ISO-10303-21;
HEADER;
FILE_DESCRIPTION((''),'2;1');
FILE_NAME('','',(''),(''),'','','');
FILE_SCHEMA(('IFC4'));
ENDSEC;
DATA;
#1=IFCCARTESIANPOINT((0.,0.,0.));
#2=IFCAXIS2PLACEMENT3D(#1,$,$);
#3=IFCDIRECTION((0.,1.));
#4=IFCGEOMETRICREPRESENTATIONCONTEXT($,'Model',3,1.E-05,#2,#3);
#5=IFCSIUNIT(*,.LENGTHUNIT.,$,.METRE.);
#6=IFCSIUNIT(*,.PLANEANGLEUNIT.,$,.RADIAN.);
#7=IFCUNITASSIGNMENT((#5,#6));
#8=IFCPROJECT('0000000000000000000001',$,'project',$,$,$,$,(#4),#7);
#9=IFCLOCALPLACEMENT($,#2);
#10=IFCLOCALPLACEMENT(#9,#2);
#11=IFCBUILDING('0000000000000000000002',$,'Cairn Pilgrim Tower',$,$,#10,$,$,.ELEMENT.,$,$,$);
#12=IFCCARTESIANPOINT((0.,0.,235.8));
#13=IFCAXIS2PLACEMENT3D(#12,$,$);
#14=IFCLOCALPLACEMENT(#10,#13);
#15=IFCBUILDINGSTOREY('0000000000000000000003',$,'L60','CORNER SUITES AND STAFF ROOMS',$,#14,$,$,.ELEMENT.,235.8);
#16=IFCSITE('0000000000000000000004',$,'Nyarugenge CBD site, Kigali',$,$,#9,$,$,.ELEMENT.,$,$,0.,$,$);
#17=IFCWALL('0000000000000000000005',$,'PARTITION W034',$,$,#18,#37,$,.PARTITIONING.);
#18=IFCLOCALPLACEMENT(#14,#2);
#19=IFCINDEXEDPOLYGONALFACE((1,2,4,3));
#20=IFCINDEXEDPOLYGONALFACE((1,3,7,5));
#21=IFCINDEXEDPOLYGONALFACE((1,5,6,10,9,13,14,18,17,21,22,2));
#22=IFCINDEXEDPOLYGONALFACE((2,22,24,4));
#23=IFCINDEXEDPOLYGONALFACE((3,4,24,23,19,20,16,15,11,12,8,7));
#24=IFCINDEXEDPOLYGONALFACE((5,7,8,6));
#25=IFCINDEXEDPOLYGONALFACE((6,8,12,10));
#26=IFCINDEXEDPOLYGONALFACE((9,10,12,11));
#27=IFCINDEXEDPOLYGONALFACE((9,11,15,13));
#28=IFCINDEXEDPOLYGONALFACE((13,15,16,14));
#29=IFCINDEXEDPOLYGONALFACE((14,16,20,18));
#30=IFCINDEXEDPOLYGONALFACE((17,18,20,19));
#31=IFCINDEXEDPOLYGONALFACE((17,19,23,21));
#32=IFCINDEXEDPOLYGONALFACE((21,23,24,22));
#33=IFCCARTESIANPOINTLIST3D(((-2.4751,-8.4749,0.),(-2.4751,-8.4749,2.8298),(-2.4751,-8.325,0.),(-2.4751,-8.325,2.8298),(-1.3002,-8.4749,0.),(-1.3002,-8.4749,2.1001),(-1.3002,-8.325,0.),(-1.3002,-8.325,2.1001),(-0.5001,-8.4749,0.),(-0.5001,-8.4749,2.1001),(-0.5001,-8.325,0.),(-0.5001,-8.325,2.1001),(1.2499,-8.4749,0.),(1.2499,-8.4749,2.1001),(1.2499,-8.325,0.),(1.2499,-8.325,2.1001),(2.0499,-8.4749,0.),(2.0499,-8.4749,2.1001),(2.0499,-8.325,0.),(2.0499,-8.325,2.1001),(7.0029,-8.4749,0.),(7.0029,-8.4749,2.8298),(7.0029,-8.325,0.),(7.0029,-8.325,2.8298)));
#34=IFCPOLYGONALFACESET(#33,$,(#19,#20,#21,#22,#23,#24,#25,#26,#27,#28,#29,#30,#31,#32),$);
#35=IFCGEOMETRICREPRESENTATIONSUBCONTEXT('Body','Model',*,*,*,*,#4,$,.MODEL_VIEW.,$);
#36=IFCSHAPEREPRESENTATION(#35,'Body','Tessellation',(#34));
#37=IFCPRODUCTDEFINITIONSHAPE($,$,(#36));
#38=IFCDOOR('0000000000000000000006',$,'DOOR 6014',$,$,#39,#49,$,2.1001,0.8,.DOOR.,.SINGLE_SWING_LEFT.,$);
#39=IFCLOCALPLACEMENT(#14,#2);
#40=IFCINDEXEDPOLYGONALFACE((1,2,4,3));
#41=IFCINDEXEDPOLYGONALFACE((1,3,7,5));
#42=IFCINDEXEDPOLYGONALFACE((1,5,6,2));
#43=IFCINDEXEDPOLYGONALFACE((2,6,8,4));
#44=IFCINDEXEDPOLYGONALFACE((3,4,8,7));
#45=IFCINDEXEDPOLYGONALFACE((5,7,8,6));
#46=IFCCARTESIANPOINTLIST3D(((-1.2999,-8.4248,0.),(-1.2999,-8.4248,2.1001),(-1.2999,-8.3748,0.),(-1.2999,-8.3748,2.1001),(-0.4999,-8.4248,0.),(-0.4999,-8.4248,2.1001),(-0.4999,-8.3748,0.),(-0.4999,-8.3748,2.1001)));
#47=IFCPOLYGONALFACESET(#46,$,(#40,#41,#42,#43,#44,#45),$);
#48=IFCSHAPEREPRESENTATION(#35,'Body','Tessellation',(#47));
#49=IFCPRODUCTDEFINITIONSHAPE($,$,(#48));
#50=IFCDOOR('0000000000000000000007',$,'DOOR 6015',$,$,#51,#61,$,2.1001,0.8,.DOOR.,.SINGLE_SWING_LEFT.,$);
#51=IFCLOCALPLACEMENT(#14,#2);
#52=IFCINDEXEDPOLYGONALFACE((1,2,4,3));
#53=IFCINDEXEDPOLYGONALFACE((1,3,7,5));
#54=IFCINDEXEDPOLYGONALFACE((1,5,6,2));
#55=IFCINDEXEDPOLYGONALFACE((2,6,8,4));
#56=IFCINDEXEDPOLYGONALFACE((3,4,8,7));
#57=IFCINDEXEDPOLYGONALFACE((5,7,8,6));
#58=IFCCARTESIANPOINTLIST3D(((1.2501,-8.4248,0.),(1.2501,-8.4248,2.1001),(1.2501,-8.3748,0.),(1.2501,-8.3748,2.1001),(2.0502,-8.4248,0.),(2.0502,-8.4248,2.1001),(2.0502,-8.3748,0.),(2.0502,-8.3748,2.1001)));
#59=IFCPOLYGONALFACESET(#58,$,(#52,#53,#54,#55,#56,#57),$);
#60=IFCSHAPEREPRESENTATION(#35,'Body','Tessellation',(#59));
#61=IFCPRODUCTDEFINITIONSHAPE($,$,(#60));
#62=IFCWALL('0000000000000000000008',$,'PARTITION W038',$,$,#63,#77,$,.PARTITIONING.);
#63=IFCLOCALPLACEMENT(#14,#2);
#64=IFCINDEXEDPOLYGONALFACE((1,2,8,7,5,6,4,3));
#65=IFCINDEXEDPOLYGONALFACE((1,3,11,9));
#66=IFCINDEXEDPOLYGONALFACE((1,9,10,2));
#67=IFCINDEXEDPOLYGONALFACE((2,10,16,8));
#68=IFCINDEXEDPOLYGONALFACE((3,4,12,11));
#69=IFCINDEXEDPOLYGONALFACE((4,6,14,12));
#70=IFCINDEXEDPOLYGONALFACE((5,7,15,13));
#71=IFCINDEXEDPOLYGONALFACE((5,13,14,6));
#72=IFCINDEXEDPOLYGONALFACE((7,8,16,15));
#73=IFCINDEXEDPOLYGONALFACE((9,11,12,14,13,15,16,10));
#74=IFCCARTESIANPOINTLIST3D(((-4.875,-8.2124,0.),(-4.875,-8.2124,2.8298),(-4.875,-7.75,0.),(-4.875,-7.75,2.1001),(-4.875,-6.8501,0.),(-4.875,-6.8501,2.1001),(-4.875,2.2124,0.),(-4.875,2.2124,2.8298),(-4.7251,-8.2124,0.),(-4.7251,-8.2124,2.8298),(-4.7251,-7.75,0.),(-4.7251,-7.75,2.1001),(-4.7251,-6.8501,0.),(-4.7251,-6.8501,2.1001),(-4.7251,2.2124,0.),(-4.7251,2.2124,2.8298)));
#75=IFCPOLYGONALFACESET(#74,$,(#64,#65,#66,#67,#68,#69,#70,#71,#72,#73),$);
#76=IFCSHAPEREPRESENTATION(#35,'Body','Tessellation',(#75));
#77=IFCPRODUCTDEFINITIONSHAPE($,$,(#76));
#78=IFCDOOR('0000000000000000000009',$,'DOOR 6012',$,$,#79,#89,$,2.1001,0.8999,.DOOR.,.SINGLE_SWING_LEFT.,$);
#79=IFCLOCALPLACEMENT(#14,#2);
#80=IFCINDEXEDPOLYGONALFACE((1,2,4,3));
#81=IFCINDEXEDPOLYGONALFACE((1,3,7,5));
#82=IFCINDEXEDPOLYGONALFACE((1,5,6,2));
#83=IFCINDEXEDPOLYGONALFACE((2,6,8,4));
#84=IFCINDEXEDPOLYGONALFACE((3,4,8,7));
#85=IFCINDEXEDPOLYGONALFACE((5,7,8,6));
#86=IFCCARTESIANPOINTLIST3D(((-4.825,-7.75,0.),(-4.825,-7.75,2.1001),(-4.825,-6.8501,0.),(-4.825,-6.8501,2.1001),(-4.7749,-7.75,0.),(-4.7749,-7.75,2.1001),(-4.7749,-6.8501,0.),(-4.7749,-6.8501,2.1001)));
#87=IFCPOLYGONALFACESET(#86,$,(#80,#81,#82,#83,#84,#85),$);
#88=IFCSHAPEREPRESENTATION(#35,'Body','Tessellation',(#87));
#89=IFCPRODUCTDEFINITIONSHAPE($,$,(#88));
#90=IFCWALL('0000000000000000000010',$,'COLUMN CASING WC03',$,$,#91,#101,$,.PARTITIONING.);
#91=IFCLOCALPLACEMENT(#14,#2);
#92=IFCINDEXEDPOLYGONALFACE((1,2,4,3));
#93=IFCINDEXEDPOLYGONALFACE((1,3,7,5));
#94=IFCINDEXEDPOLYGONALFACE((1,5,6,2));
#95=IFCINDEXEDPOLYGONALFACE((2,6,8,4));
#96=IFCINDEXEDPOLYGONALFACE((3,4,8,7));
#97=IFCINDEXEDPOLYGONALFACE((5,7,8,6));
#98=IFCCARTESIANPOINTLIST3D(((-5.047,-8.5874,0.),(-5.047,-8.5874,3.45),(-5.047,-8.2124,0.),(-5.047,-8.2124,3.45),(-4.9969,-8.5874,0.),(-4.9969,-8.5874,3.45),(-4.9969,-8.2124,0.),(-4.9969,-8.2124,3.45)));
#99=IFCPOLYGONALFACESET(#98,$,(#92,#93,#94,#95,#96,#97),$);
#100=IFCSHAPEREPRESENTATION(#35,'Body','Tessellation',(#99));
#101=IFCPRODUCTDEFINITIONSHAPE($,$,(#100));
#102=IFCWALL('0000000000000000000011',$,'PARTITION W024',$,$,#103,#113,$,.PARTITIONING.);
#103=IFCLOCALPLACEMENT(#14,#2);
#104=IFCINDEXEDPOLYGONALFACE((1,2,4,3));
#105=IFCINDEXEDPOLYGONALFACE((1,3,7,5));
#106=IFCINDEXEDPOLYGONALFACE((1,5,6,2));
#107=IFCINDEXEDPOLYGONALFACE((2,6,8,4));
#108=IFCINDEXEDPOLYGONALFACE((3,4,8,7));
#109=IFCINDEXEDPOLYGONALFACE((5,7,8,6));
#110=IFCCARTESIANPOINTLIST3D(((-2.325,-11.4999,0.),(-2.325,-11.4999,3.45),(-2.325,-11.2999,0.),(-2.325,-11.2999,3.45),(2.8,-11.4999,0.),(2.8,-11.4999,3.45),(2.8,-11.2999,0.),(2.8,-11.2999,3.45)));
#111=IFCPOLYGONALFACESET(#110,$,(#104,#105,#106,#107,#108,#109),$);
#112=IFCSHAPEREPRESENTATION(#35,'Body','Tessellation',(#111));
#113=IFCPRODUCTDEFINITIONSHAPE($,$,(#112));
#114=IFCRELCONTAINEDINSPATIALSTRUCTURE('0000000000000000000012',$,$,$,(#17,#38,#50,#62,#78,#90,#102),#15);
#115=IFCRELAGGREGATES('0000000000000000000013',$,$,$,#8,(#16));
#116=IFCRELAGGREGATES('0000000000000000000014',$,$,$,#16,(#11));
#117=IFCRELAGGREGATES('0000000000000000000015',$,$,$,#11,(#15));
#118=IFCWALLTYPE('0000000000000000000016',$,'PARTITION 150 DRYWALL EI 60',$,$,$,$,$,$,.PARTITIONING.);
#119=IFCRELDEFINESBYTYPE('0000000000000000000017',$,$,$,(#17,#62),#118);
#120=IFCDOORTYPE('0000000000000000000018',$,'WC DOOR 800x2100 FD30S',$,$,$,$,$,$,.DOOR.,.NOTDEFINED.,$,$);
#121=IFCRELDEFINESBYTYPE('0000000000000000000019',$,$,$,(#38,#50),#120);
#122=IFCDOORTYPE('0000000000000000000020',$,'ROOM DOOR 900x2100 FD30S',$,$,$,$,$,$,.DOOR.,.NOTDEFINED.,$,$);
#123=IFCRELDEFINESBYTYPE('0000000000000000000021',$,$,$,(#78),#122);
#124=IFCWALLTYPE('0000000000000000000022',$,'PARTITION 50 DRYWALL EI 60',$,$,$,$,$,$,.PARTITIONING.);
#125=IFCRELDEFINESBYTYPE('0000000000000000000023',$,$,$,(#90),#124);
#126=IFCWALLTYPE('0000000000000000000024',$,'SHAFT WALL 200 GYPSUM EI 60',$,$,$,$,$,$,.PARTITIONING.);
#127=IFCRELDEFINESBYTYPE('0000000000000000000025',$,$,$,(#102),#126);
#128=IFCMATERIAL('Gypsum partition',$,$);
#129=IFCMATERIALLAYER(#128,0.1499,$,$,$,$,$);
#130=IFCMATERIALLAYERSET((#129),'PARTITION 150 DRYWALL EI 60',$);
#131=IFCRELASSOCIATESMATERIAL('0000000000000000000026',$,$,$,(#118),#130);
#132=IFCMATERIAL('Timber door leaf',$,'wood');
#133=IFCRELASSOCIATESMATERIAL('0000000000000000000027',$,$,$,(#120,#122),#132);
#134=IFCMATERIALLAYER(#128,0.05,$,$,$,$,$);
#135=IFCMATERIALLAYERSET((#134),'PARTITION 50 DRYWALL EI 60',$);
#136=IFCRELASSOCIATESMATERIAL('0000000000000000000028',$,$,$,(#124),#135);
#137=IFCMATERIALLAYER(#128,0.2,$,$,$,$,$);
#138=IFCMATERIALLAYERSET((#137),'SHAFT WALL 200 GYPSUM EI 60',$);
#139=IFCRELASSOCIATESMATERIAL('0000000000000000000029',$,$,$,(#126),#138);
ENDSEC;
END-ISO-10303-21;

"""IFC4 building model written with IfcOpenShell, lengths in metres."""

from ifc_helpers import new_model, si_unit, direction, frame, frame_2d, origin, place, context, subcontext, project, spatial, rectangle, extrude, material, layer, layer_set, type_object, element, fill, save


model = new_model("IFC4")

# Units and contexts
model_context = context("Model", 3, precision=1e-05, world=origin(), true_north=direction((0.0, 1.0)))
body_context = subcontext(model_context, "Body", "Model", "MODEL_VIEW")
ifc_project = project(units=[si_unit("LENGTHUNIT", "METRE"), si_unit("PLANEANGLEUNIT", "RADIAN")], contexts=[model_context])

# Site, building, storey
site_placement = place(None, origin())
site = spatial("IfcSite", under=ifc_project, at=site_placement, Name="Nyarugenge CBD site, Kigali", CompositionType="ELEMENT", RefElevation=0.0)
building_placement = place(site_placement, origin())
building = spatial("IfcBuilding", under=site, at=building_placement, Name="Cairn Pilgrim Tower", CompositionType="ELEMENT")
storey_placement = place(building_placement, frame((0.0, 0.0, 235.8)))
storey = spatial("IfcBuildingStorey", under=building, at=storey_placement, Name="L60", Description="CORNER SUITES AND STAFF ROOMS", CompositionType="ELEMENT", Elevation=235.8)

# Shared definitions
ifc_material_1 = material(Name="Gypsum partition")
ifc_layer_1 = layer(ifc_material_1, 0.1499)
ifc_layer_set_1 = layer_set([ifc_layer_1], Name="PARTITION 150 DRYWALL EI 60")
wall_type_1 = type_object("IfcWallType", Name="PARTITION 150 DRYWALL EI 60", PredefinedType="PARTITIONING", material=ifc_layer_set_1)

# Wall, openings, doors
wall_1_placement = place(storey_placement, frame((-2.4751, -8.3999, 0.0), z_axis=(0.0, 0.0, 1.0), x_axis=(1.0, 0.0, 0.0)))
wall_1 = element("IfcWall", 1, at=wall_1_placement, inside=storey, type_object=wall_type_1, Name="PARTITION W034", PredefinedType="PARTITIONING", context=body_context, shape_type="SweptSolid", body=[
    extrude(rectangle(XDim=9.478, YDim=0.1499, at=frame_2d((4.739, 0.0))), origin(), (0.0, 0.0, 1.0), 2.8298),
])
opening_1_placement = place(wall_1_placement, frame((1.175, 0.0, 0.0)))
opening_1 = element("IfcOpeningElement", 2, at=opening_1_placement, cuts=wall_1, PredefinedType="OPENING", context=body_context, shape_type="SweptSolid", body=[
    extrude(rectangle(XDim=0.8, YDim=2.1001, at=frame_2d((0.3999, 1.05))), frame((0.0, 0.085, 0.0), z_axis=(0.0, -1.0, 0.0), x_axis=(1.0, 0.0, 0.0)), (0.0, 0.0, 1.0), 0.1699),
])
opening_2_placement = place(wall_1_placement, frame((3.7251, 0.0, 0.0)))
opening_2 = element("IfcOpeningElement", 3, at=opening_2_placement, cuts=wall_1, PredefinedType="OPENING", context=body_context, shape_type="SweptSolid", body=[
    extrude(rectangle(XDim=0.8, YDim=2.1001, at=frame_2d((0.3999, 1.05))), frame((0.0, 0.085, 0.0), z_axis=(0.0, -1.0, 0.0), x_axis=(1.0, 0.0, 0.0)), (0.0, 0.0, 1.0), 0.1699),
])
ifc_material_2 = material(Name="Timber door leaf", Category="wood")
door_type_1 = type_object("IfcDoorType", Name="WC DOOR 800x2100 FD30S", OperationType="NOTDEFINED", PredefinedType="DOOR", material=ifc_material_2)
door_1_placement = place(opening_1_placement, frame((0.8, 0.0, 0.0), z_axis=(0.0, 0.0, 1.0), x_axis=(-1.0, 0.0, 0.0)))
door_1 = element("IfcDoor", 4, at=door_1_placement, inside=storey, type_object=door_type_1, Name="DOOR 6014", OperationType="SINGLE_SWING_LEFT", OverallHeight=2.1001, OverallWidth=0.8, PredefinedType="DOOR", context=body_context, shape_type="SweptSolid", body=[
    extrude(rectangle(XDim=0.8, YDim=2.1001, at=frame_2d((0.3999, 1.05))), frame((0.0, 0.0249, 0.0), z_axis=(0.0, -1.0, 0.0), x_axis=(1.0, 0.0, 0.0)), (0.0, 0.0, 1.0), 0.05),
])
fill(opening_1, door_1)
door_2_placement = place(opening_2_placement, frame((0.8, 0.0, 0.0), z_axis=(0.0, 0.0, 1.0), x_axis=(-1.0, 0.0, 0.0)))
door_2 = element("IfcDoor", 5, at=door_2_placement, inside=storey, type_object=door_type_1, Name="DOOR 6015", OperationType="SINGLE_SWING_LEFT", OverallHeight=2.1001, OverallWidth=0.8, PredefinedType="DOOR", context=body_context, shape_type="SweptSolid", body=[
    extrude(rectangle(XDim=0.8, YDim=2.1001, at=frame_2d((0.3999, 1.05))), frame((0.0, 0.0249, 0.0), z_axis=(0.0, -1.0, 0.0), x_axis=(1.0, 0.0, 0.0)), (0.0, 0.0, 1.0), 0.05),
])
fill(opening_2, door_2)

# Wall, opening, door
wall_2_placement = place(storey_placement, frame((-4.8, -8.2124, 0.0), z_axis=(0.0, 0.0, 1.0), x_axis=(0.0, 1.0, 0.0)))
wall_2 = element("IfcWall", 6, at=wall_2_placement, inside=storey, type_object=wall_type_1, Name="PARTITION W038", PredefinedType="PARTITIONING", context=body_context, shape_type="SweptSolid", body=[
    extrude(rectangle(XDim=10.4248, YDim=0.1499, at=frame_2d((5.2124, 0.0))), origin(), (0.0, 0.0, 1.0), 2.8298),
])
opening_3_placement = place(wall_2_placement, frame((0.4624, 0.0, 0.0)))
opening_3 = element("IfcOpeningElement", 7, at=opening_3_placement, cuts=wall_2, PredefinedType="OPENING", context=body_context, shape_type="SweptSolid", body=[
    extrude(rectangle(XDim=0.8999, YDim=2.1001, at=frame_2d((0.45, 1.05))), frame((0.0, 0.085, 0.0), z_axis=(0.0, -1.0, 0.0), x_axis=(1.0, 0.0, 0.0)), (0.0, 0.0, 1.0), 0.1699),
])
door_type_2 = type_object("IfcDoorType", Name="ROOM DOOR 900x2100 FD30S", OperationType="NOTDEFINED", PredefinedType="DOOR", material=ifc_material_2)
door_3_placement = place(opening_3_placement, origin())
door_3 = element("IfcDoor", 8, at=door_3_placement, inside=storey, type_object=door_type_2, Name="DOOR 6012", OperationType="SINGLE_SWING_LEFT", OverallHeight=2.1001, OverallWidth=0.8999, PredefinedType="DOOR", context=body_context, shape_type="SweptSolid", body=[
    extrude(rectangle(XDim=0.8999, YDim=2.1001, at=frame_2d((0.45, 1.05))), frame((0.0, 0.0249, 0.0), z_axis=(0.0, -1.0, 0.0), x_axis=(1.0, 0.0, 0.0)), (0.0, 0.0, 1.0), 0.05),
])
fill(opening_3, door_3)

# Walls
ifc_layer_2 = layer(ifc_material_1, 0.05)
ifc_layer_set_2 = layer_set([ifc_layer_2], Name="PARTITION 50 DRYWALL EI 60")
wall_type_2 = type_object("IfcWallType", Name="PARTITION 50 DRYWALL EI 60", PredefinedType="PARTITIONING", material=ifc_layer_set_2)
wall_3_placement = place(storey_placement, frame((-5.022, -8.5874, 0.0), z_axis=(0.0, 0.0, 1.0), x_axis=(0.0, 1.0, 0.0)))
element("IfcWall", 9, at=wall_3_placement, inside=storey, type_object=wall_type_2, Name="COLUMN CASING WC03", PredefinedType="PARTITIONING", context=body_context, shape_type="SweptSolid", body=[
    extrude(rectangle(XDim=0.375, YDim=0.05, at=frame_2d((0.1875, 0.0))), origin(), (0.0, 0.0, 1.0), 3.45),
])
ifc_layer_3 = layer(ifc_material_1, 0.2)
ifc_layer_set_3 = layer_set([ifc_layer_3], Name="SHAFT WALL 200 GYPSUM EI 60")
wall_type_3 = type_object("IfcWallType", Name="SHAFT WALL 200 GYPSUM EI 60", PredefinedType="PARTITIONING", material=ifc_layer_set_3)
wall_4_placement = place(storey_placement, frame((-2.325, -11.3999, 0.0), z_axis=(0.0, 0.0, 1.0), x_axis=(1.0, 0.0, 0.0)))
element("IfcWall", 10, at=wall_4_placement, inside=storey, type_object=wall_type_3, Name="PARTITION W024", PredefinedType="PARTITIONING", context=body_context, shape_type="SweptSolid", body=[
    extrude(rectangle(XDim=5.125, YDim=0.2, at=frame_2d((2.5625, 0.0))), origin(), (0.0, 0.0, 1.0), 3.45),
])

save(model, "model.ifc")
